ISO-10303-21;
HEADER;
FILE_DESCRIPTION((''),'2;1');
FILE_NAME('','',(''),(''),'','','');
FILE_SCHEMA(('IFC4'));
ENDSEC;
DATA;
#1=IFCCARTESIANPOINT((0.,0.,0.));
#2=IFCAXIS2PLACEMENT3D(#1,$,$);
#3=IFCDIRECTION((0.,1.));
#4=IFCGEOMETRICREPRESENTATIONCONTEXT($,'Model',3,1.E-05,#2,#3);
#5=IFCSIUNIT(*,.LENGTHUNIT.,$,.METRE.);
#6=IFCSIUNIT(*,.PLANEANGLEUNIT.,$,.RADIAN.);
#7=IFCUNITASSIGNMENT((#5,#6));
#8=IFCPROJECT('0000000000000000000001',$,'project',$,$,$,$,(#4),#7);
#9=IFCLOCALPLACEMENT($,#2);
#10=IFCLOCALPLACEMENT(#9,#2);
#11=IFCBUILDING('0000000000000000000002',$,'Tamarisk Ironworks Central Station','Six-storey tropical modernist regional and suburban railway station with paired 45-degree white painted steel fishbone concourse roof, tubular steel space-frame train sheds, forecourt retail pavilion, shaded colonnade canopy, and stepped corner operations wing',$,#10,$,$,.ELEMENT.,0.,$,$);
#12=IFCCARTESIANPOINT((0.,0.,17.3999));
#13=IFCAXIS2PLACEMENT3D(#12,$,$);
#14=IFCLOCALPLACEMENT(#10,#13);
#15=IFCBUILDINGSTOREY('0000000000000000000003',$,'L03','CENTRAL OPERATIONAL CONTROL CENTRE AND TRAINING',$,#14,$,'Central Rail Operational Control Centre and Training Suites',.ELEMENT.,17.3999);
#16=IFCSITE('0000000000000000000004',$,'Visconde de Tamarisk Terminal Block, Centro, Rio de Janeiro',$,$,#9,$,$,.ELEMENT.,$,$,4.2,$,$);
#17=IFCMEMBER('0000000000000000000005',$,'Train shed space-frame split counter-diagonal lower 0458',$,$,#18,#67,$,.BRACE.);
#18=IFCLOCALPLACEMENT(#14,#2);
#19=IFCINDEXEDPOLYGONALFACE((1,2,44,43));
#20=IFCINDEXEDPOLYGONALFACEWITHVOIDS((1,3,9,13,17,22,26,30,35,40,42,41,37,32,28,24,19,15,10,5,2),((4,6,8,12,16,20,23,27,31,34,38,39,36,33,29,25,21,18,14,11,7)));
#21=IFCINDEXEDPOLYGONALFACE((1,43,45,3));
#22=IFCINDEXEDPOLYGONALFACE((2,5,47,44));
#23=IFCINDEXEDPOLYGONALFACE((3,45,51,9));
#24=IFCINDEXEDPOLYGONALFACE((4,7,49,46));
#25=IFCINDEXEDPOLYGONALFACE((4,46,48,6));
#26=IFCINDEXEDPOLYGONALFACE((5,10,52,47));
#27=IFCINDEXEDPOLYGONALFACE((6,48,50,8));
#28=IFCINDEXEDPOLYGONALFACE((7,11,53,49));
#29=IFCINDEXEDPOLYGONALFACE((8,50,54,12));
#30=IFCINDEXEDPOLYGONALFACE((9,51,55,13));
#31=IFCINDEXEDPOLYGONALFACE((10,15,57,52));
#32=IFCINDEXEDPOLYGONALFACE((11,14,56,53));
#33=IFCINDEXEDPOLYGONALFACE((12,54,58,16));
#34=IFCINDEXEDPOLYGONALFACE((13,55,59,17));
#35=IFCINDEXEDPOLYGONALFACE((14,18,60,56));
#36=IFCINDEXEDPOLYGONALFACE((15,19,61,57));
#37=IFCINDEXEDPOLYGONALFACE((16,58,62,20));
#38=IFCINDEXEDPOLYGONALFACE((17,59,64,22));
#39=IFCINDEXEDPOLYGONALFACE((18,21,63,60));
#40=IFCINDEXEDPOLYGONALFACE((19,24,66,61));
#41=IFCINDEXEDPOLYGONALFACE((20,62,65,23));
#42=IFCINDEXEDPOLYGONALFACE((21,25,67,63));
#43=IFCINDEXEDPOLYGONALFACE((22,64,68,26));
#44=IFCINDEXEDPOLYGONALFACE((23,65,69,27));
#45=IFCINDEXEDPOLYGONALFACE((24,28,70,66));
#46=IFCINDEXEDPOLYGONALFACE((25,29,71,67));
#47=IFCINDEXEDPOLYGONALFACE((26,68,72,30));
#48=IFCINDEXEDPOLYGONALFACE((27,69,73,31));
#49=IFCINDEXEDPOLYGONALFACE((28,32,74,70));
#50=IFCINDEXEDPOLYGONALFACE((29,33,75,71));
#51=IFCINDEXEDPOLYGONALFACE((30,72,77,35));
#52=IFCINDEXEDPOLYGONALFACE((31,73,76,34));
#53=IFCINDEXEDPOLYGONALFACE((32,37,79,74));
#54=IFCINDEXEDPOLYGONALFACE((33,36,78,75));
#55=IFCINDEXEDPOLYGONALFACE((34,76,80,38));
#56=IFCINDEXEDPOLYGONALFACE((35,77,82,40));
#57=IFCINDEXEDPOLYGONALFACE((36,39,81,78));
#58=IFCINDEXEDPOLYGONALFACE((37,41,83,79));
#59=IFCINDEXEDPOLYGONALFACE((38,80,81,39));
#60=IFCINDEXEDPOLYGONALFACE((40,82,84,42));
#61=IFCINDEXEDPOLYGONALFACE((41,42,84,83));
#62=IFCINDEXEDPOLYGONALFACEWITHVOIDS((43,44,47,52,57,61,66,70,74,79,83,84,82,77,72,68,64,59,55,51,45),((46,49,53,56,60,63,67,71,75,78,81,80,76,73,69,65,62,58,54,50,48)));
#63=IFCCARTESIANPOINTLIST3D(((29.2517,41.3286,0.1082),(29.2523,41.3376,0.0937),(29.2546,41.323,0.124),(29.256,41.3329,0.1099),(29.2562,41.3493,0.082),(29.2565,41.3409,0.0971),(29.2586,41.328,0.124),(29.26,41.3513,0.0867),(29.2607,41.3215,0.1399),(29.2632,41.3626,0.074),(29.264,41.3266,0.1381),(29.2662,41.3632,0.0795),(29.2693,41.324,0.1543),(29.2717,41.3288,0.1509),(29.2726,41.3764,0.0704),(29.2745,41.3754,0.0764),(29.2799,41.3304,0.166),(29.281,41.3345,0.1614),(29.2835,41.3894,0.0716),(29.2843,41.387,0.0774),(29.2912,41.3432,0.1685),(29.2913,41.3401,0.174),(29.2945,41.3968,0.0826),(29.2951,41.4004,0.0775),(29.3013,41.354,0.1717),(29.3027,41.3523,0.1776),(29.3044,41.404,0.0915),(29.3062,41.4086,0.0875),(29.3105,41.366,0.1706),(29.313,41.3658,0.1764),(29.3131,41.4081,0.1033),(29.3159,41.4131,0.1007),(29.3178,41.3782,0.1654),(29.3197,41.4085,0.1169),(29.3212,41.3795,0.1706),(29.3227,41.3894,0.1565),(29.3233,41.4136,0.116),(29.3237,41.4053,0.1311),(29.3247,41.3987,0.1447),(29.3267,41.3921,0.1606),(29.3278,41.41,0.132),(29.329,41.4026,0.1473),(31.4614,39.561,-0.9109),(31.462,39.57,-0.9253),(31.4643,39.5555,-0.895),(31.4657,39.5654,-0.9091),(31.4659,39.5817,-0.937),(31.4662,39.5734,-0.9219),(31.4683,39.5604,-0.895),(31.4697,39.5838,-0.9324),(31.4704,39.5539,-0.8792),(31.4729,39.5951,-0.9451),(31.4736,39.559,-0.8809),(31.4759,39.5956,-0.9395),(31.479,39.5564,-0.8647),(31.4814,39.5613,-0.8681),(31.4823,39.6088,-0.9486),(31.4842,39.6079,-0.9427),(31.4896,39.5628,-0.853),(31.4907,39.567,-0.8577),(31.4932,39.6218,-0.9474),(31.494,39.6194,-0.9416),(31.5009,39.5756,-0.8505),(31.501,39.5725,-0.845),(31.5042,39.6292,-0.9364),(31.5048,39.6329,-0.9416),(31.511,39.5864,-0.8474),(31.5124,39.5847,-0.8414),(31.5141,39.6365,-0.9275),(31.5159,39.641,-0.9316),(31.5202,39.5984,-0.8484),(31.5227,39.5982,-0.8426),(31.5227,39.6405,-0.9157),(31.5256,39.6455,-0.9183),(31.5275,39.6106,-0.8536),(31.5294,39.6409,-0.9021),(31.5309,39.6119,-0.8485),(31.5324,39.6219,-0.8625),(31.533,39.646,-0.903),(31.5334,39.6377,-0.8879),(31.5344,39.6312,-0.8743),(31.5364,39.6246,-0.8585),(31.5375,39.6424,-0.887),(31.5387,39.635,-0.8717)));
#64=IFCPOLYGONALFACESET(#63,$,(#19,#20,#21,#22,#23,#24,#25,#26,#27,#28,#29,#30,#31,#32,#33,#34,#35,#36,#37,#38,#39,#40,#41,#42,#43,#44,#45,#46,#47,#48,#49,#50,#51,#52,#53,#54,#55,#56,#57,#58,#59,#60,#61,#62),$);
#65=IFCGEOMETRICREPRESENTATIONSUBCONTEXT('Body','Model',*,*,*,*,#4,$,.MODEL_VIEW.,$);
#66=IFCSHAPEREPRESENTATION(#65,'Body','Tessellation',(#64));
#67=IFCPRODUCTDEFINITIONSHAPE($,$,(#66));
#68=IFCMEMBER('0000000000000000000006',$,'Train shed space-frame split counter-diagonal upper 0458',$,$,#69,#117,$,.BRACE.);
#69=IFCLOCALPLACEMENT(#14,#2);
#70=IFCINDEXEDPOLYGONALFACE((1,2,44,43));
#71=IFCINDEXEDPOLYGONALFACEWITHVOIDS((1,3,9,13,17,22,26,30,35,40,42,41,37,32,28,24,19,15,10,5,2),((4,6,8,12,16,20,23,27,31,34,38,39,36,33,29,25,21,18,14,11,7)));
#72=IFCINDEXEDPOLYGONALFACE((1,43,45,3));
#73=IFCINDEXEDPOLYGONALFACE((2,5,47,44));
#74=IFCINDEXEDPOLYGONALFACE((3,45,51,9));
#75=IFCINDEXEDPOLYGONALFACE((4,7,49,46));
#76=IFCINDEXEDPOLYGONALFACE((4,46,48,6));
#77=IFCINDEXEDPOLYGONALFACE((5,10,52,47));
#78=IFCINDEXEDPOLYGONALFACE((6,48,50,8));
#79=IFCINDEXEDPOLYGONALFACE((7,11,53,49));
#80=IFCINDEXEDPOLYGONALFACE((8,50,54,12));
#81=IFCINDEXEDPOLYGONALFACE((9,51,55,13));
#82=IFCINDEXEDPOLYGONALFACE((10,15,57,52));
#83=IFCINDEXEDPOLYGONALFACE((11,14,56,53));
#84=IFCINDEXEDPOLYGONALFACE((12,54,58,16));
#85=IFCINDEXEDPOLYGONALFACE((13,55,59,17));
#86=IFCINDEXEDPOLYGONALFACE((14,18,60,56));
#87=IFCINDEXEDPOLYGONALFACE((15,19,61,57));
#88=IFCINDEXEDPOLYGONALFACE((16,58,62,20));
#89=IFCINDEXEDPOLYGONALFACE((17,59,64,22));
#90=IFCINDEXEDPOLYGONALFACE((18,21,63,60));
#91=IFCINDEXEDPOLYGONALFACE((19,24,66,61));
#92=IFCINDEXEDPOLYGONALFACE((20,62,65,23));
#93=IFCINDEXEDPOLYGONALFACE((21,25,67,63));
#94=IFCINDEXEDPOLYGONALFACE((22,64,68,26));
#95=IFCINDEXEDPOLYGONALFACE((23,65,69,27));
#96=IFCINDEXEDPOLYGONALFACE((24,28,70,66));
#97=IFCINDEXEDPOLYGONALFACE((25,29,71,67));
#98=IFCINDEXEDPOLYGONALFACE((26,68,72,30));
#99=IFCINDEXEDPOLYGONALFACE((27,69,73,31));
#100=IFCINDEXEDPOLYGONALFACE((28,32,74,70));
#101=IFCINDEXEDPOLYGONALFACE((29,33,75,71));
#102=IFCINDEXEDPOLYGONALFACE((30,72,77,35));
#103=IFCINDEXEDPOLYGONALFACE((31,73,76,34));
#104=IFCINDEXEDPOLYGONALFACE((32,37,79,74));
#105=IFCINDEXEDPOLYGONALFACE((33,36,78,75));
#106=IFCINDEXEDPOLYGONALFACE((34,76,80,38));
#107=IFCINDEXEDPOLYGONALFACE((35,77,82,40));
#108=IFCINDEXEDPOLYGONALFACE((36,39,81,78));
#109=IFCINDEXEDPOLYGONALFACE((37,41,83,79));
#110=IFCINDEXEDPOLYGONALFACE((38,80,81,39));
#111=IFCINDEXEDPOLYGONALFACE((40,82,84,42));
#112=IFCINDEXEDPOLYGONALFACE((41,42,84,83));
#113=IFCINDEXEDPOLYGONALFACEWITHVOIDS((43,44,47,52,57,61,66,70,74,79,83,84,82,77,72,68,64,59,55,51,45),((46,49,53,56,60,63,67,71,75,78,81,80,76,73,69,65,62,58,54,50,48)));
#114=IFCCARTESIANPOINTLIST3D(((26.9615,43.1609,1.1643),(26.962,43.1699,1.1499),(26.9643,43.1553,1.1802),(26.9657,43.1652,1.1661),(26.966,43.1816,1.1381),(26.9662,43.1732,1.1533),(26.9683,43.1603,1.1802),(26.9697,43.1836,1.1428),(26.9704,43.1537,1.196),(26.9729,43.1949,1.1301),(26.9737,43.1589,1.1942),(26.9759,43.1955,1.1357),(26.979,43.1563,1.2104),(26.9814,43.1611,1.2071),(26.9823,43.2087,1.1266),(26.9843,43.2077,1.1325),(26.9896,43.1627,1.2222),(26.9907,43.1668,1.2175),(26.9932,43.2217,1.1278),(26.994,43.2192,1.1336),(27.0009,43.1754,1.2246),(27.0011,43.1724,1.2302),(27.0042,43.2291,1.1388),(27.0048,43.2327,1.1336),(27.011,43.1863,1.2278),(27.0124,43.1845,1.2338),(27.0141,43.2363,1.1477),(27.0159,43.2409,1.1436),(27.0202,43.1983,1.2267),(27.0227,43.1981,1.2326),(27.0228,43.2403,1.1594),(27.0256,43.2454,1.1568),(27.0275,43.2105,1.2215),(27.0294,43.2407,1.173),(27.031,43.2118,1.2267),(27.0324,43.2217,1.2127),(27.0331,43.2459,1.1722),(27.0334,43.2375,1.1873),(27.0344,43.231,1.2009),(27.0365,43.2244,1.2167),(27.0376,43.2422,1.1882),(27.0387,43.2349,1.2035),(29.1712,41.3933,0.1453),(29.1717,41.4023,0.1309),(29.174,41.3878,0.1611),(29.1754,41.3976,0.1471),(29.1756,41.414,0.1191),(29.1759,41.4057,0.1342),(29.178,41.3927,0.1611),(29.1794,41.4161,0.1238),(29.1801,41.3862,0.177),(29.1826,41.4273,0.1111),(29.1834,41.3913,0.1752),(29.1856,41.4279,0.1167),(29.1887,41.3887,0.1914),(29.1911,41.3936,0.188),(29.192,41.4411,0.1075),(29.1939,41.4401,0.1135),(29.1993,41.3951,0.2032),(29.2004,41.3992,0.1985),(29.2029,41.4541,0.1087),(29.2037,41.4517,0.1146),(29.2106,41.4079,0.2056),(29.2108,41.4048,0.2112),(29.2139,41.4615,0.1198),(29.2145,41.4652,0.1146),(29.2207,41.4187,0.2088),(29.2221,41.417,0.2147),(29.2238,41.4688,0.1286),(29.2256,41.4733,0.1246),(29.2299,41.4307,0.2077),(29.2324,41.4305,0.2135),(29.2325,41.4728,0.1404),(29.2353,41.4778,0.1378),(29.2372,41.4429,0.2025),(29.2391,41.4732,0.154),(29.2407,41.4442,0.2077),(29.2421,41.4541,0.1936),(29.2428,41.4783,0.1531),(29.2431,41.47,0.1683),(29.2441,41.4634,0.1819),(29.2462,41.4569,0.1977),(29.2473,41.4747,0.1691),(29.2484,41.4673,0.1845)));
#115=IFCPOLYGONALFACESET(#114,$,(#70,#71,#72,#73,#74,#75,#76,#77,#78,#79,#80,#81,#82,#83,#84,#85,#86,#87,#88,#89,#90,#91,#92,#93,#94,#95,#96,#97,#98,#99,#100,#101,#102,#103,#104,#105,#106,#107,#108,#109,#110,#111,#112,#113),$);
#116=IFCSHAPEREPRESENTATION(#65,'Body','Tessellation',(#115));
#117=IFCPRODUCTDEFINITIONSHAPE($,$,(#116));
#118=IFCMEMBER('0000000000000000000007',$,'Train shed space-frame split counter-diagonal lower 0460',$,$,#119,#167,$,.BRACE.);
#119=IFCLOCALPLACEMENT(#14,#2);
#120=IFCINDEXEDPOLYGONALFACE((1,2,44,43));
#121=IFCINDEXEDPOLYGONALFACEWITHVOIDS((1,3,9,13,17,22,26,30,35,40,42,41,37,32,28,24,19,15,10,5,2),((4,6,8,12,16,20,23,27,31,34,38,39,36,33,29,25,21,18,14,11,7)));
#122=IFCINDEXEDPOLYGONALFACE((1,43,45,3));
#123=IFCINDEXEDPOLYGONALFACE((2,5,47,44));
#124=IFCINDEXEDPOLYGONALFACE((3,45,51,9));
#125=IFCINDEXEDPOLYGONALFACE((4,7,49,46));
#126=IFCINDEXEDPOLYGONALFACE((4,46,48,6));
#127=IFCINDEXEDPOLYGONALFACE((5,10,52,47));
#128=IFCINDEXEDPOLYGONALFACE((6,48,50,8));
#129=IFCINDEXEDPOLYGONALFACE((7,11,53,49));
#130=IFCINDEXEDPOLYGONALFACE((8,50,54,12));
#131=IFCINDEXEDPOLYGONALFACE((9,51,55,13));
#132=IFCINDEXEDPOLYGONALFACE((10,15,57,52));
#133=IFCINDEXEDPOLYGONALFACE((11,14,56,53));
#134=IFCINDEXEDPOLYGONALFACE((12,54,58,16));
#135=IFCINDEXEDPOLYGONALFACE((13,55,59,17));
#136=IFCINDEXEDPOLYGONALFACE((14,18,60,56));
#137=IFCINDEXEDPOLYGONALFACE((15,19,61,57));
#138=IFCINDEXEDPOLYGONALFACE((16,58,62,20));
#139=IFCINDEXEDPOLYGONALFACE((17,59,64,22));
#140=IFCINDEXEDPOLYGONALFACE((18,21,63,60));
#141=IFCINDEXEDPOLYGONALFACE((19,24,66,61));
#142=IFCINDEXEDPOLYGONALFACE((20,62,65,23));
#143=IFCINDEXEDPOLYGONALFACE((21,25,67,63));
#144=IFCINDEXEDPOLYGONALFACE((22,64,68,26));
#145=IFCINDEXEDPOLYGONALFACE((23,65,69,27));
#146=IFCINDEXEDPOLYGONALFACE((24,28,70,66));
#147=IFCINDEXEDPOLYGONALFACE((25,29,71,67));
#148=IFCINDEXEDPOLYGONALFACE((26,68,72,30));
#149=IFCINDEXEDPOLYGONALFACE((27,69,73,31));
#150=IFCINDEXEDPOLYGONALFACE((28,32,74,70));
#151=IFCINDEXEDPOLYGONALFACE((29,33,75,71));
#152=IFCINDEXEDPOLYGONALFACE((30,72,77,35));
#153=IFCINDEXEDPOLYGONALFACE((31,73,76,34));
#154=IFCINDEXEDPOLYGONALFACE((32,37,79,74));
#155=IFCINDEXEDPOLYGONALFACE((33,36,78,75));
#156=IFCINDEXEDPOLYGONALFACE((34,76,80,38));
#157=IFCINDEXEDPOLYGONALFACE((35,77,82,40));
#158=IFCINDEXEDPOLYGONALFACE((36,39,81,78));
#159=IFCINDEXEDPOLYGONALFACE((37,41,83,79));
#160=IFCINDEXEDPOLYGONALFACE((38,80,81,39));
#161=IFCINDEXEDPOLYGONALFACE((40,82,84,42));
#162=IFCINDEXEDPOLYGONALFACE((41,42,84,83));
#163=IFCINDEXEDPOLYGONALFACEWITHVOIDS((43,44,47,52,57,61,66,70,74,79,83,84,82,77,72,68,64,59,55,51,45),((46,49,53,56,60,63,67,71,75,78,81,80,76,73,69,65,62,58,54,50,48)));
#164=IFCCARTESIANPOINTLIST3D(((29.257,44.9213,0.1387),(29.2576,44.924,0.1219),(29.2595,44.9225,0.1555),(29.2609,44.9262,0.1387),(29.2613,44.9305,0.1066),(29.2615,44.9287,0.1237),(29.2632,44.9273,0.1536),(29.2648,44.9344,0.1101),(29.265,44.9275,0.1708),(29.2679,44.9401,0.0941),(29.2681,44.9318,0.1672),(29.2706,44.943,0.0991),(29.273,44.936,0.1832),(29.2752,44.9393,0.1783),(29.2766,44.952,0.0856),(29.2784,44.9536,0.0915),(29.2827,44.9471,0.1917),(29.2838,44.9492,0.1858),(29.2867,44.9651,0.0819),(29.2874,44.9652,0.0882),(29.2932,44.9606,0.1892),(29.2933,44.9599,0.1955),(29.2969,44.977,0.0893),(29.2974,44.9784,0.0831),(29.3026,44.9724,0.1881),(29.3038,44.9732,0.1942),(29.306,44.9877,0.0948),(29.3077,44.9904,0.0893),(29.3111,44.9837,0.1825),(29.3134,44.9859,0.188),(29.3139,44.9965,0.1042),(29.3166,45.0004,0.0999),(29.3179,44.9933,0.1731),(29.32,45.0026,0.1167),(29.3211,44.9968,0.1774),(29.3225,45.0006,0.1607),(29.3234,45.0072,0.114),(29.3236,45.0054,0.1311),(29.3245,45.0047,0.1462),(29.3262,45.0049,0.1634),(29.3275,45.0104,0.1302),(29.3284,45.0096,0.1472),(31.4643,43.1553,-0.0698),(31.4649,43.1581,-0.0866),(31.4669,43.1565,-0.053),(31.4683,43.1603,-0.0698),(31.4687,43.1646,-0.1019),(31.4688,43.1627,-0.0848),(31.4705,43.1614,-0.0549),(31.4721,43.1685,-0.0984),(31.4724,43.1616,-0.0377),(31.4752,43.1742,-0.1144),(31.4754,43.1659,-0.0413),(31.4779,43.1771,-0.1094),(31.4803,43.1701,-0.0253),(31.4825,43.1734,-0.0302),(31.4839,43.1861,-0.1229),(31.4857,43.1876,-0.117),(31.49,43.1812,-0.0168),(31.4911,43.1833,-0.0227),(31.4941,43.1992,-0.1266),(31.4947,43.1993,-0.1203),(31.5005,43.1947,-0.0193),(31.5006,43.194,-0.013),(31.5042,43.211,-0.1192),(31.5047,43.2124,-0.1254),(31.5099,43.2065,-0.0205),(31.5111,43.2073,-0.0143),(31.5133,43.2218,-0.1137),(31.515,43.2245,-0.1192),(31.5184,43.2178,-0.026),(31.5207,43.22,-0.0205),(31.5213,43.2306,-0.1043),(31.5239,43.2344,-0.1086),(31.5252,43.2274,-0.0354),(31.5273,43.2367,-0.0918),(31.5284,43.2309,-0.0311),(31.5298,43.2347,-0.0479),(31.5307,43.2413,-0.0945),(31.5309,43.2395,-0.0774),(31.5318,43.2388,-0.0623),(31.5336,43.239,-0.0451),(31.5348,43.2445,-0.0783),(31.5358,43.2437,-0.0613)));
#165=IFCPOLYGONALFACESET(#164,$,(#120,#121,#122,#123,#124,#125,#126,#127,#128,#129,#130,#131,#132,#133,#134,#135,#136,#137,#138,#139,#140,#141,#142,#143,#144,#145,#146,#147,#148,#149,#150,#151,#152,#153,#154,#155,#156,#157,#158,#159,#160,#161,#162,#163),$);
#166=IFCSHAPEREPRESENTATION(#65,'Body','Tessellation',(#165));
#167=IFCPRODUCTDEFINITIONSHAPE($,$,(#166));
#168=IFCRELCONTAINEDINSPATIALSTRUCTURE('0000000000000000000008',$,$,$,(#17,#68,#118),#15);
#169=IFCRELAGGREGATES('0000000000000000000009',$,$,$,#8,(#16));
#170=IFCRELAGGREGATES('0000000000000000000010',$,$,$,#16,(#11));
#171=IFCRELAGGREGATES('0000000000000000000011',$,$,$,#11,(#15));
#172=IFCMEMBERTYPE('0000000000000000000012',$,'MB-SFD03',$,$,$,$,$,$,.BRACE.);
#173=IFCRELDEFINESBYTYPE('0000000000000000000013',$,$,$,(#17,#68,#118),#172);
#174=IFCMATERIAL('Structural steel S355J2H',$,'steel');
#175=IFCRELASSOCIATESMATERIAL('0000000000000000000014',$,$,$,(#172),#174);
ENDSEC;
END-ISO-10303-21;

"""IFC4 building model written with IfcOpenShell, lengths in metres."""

from ifc_helpers import new_model, si_unit, direction, frame, origin, origin_2d, place, context, subcontext, project, spatial, hollow_circle, extrude, material, material_profile, profile_set, type_object, element, save


model = new_model("IFC4")

# Units and contexts
model_context = context("Model", 3, precision=1e-05, world=origin(), true_north=direction((0.0, 1.0)))
body_context = subcontext(model_context, "Body", "Model", "MODEL_VIEW")
ifc_project = project(units=[si_unit("LENGTHUNIT", "METRE"), si_unit("PLANEANGLEUNIT", "RADIAN")], contexts=[model_context])

# Site, building, storey
site_placement = place(None, origin())
site = spatial("IfcSite", under=ifc_project, at=site_placement, Name="Visconde de Tamarisk Terminal Block, Centro, Rio de Janeiro", CompositionType="ELEMENT", RefElevation=4.2)
building_placement = place(site_placement, origin())
building = spatial("IfcBuilding", under=site, at=building_placement, Name="Tamarisk Ironworks Central Station", Description="Six-storey tropical modernist regional and suburban railway station with paired 45-degree white painted steel fishbone concourse roof, tubular steel space-frame train sheds, forecourt retail pavilion, shaded colonnade canopy, and stepped corner operations wing", CompositionType="ELEMENT", ElevationOfRefHeight=0.0)
storey_placement = place(building_placement, frame((0.0, 0.0, 17.3999)))
storey = spatial("IfcBuildingStorey", under=building, at=storey_placement, Name="L03", Description="CENTRAL OPERATIONAL CONTROL CENTRE AND TRAINING", LongName="Central Rail Operational Control Centre and Training Suites", CompositionType="ELEMENT", Elevation=17.3999)

# Members
ifc_material = material(Name="Structural steel S355J2H", Category="steel")
ifc_material_profile_1 = material_profile(ifc_material, hollow_circle(Radius=0.0571, WallThickness=0.0063, at=origin_2d()), Name="CHS 114.3x6.3")
ifc_profile_set_1 = profile_set([ifc_material_profile_1], Name="Structural steel S355J2H")
member_type_1 = type_object("IfcMemberType", Name="MB-SFD03", PredefinedType="BRACE", material=ifc_profile_set_1)
for number, where, z_axis, x_axis, name in (
    (1, (31.5, 39.6001, -0.895), (-0.734712, 0.587705, 0.338823), (-0.624653, -0.780902, 0.0), "Train shed space-frame split counter-diagonal lower 0458"),
    (2, (29.2097, 41.4324, 0.1611), (-0.734712, 0.587705, 0.338823), (-0.624653, -0.780902, 0.0), "Train shed space-frame split counter-diagonal upper 0458"),
):
    element("IfcMember", number, at=place(storey_placement, frame(where, z_axis=z_axis, x_axis=x_axis)), inside=storey, type_object=member_type_1, Name=name, PredefinedType="BRACE", context=body_context, shape_type="SweptSolid", body=[
        extrude(hollow_circle(Radius=0.0571, WallThickness=0.0063, at=origin_2d()), origin(), (0.0, 0.0, 1.0), 3.0076),
    ])
member_1_placement = place(storey_placement, frame((31.5, 43.2, -0.0698), z_axis=(-0.778745, 0.623013, 0.073559), x_axis=(-0.624706, -0.78086, 0.0)))
element("IfcMember", 3, at=member_1_placement, inside=storey, type_object=member_type_1, Name="Train shed space-frame split counter-diagonal lower 0460", PredefinedType="BRACE", context=body_context, shape_type="SweptSolid", body=[
    extrude(hollow_circle(Radius=0.0571, WallThickness=0.0063, at=origin_2d()), origin(), (0.0, 0.0, 1.0), 2.8345),
])

save(model, "model.ifc")
